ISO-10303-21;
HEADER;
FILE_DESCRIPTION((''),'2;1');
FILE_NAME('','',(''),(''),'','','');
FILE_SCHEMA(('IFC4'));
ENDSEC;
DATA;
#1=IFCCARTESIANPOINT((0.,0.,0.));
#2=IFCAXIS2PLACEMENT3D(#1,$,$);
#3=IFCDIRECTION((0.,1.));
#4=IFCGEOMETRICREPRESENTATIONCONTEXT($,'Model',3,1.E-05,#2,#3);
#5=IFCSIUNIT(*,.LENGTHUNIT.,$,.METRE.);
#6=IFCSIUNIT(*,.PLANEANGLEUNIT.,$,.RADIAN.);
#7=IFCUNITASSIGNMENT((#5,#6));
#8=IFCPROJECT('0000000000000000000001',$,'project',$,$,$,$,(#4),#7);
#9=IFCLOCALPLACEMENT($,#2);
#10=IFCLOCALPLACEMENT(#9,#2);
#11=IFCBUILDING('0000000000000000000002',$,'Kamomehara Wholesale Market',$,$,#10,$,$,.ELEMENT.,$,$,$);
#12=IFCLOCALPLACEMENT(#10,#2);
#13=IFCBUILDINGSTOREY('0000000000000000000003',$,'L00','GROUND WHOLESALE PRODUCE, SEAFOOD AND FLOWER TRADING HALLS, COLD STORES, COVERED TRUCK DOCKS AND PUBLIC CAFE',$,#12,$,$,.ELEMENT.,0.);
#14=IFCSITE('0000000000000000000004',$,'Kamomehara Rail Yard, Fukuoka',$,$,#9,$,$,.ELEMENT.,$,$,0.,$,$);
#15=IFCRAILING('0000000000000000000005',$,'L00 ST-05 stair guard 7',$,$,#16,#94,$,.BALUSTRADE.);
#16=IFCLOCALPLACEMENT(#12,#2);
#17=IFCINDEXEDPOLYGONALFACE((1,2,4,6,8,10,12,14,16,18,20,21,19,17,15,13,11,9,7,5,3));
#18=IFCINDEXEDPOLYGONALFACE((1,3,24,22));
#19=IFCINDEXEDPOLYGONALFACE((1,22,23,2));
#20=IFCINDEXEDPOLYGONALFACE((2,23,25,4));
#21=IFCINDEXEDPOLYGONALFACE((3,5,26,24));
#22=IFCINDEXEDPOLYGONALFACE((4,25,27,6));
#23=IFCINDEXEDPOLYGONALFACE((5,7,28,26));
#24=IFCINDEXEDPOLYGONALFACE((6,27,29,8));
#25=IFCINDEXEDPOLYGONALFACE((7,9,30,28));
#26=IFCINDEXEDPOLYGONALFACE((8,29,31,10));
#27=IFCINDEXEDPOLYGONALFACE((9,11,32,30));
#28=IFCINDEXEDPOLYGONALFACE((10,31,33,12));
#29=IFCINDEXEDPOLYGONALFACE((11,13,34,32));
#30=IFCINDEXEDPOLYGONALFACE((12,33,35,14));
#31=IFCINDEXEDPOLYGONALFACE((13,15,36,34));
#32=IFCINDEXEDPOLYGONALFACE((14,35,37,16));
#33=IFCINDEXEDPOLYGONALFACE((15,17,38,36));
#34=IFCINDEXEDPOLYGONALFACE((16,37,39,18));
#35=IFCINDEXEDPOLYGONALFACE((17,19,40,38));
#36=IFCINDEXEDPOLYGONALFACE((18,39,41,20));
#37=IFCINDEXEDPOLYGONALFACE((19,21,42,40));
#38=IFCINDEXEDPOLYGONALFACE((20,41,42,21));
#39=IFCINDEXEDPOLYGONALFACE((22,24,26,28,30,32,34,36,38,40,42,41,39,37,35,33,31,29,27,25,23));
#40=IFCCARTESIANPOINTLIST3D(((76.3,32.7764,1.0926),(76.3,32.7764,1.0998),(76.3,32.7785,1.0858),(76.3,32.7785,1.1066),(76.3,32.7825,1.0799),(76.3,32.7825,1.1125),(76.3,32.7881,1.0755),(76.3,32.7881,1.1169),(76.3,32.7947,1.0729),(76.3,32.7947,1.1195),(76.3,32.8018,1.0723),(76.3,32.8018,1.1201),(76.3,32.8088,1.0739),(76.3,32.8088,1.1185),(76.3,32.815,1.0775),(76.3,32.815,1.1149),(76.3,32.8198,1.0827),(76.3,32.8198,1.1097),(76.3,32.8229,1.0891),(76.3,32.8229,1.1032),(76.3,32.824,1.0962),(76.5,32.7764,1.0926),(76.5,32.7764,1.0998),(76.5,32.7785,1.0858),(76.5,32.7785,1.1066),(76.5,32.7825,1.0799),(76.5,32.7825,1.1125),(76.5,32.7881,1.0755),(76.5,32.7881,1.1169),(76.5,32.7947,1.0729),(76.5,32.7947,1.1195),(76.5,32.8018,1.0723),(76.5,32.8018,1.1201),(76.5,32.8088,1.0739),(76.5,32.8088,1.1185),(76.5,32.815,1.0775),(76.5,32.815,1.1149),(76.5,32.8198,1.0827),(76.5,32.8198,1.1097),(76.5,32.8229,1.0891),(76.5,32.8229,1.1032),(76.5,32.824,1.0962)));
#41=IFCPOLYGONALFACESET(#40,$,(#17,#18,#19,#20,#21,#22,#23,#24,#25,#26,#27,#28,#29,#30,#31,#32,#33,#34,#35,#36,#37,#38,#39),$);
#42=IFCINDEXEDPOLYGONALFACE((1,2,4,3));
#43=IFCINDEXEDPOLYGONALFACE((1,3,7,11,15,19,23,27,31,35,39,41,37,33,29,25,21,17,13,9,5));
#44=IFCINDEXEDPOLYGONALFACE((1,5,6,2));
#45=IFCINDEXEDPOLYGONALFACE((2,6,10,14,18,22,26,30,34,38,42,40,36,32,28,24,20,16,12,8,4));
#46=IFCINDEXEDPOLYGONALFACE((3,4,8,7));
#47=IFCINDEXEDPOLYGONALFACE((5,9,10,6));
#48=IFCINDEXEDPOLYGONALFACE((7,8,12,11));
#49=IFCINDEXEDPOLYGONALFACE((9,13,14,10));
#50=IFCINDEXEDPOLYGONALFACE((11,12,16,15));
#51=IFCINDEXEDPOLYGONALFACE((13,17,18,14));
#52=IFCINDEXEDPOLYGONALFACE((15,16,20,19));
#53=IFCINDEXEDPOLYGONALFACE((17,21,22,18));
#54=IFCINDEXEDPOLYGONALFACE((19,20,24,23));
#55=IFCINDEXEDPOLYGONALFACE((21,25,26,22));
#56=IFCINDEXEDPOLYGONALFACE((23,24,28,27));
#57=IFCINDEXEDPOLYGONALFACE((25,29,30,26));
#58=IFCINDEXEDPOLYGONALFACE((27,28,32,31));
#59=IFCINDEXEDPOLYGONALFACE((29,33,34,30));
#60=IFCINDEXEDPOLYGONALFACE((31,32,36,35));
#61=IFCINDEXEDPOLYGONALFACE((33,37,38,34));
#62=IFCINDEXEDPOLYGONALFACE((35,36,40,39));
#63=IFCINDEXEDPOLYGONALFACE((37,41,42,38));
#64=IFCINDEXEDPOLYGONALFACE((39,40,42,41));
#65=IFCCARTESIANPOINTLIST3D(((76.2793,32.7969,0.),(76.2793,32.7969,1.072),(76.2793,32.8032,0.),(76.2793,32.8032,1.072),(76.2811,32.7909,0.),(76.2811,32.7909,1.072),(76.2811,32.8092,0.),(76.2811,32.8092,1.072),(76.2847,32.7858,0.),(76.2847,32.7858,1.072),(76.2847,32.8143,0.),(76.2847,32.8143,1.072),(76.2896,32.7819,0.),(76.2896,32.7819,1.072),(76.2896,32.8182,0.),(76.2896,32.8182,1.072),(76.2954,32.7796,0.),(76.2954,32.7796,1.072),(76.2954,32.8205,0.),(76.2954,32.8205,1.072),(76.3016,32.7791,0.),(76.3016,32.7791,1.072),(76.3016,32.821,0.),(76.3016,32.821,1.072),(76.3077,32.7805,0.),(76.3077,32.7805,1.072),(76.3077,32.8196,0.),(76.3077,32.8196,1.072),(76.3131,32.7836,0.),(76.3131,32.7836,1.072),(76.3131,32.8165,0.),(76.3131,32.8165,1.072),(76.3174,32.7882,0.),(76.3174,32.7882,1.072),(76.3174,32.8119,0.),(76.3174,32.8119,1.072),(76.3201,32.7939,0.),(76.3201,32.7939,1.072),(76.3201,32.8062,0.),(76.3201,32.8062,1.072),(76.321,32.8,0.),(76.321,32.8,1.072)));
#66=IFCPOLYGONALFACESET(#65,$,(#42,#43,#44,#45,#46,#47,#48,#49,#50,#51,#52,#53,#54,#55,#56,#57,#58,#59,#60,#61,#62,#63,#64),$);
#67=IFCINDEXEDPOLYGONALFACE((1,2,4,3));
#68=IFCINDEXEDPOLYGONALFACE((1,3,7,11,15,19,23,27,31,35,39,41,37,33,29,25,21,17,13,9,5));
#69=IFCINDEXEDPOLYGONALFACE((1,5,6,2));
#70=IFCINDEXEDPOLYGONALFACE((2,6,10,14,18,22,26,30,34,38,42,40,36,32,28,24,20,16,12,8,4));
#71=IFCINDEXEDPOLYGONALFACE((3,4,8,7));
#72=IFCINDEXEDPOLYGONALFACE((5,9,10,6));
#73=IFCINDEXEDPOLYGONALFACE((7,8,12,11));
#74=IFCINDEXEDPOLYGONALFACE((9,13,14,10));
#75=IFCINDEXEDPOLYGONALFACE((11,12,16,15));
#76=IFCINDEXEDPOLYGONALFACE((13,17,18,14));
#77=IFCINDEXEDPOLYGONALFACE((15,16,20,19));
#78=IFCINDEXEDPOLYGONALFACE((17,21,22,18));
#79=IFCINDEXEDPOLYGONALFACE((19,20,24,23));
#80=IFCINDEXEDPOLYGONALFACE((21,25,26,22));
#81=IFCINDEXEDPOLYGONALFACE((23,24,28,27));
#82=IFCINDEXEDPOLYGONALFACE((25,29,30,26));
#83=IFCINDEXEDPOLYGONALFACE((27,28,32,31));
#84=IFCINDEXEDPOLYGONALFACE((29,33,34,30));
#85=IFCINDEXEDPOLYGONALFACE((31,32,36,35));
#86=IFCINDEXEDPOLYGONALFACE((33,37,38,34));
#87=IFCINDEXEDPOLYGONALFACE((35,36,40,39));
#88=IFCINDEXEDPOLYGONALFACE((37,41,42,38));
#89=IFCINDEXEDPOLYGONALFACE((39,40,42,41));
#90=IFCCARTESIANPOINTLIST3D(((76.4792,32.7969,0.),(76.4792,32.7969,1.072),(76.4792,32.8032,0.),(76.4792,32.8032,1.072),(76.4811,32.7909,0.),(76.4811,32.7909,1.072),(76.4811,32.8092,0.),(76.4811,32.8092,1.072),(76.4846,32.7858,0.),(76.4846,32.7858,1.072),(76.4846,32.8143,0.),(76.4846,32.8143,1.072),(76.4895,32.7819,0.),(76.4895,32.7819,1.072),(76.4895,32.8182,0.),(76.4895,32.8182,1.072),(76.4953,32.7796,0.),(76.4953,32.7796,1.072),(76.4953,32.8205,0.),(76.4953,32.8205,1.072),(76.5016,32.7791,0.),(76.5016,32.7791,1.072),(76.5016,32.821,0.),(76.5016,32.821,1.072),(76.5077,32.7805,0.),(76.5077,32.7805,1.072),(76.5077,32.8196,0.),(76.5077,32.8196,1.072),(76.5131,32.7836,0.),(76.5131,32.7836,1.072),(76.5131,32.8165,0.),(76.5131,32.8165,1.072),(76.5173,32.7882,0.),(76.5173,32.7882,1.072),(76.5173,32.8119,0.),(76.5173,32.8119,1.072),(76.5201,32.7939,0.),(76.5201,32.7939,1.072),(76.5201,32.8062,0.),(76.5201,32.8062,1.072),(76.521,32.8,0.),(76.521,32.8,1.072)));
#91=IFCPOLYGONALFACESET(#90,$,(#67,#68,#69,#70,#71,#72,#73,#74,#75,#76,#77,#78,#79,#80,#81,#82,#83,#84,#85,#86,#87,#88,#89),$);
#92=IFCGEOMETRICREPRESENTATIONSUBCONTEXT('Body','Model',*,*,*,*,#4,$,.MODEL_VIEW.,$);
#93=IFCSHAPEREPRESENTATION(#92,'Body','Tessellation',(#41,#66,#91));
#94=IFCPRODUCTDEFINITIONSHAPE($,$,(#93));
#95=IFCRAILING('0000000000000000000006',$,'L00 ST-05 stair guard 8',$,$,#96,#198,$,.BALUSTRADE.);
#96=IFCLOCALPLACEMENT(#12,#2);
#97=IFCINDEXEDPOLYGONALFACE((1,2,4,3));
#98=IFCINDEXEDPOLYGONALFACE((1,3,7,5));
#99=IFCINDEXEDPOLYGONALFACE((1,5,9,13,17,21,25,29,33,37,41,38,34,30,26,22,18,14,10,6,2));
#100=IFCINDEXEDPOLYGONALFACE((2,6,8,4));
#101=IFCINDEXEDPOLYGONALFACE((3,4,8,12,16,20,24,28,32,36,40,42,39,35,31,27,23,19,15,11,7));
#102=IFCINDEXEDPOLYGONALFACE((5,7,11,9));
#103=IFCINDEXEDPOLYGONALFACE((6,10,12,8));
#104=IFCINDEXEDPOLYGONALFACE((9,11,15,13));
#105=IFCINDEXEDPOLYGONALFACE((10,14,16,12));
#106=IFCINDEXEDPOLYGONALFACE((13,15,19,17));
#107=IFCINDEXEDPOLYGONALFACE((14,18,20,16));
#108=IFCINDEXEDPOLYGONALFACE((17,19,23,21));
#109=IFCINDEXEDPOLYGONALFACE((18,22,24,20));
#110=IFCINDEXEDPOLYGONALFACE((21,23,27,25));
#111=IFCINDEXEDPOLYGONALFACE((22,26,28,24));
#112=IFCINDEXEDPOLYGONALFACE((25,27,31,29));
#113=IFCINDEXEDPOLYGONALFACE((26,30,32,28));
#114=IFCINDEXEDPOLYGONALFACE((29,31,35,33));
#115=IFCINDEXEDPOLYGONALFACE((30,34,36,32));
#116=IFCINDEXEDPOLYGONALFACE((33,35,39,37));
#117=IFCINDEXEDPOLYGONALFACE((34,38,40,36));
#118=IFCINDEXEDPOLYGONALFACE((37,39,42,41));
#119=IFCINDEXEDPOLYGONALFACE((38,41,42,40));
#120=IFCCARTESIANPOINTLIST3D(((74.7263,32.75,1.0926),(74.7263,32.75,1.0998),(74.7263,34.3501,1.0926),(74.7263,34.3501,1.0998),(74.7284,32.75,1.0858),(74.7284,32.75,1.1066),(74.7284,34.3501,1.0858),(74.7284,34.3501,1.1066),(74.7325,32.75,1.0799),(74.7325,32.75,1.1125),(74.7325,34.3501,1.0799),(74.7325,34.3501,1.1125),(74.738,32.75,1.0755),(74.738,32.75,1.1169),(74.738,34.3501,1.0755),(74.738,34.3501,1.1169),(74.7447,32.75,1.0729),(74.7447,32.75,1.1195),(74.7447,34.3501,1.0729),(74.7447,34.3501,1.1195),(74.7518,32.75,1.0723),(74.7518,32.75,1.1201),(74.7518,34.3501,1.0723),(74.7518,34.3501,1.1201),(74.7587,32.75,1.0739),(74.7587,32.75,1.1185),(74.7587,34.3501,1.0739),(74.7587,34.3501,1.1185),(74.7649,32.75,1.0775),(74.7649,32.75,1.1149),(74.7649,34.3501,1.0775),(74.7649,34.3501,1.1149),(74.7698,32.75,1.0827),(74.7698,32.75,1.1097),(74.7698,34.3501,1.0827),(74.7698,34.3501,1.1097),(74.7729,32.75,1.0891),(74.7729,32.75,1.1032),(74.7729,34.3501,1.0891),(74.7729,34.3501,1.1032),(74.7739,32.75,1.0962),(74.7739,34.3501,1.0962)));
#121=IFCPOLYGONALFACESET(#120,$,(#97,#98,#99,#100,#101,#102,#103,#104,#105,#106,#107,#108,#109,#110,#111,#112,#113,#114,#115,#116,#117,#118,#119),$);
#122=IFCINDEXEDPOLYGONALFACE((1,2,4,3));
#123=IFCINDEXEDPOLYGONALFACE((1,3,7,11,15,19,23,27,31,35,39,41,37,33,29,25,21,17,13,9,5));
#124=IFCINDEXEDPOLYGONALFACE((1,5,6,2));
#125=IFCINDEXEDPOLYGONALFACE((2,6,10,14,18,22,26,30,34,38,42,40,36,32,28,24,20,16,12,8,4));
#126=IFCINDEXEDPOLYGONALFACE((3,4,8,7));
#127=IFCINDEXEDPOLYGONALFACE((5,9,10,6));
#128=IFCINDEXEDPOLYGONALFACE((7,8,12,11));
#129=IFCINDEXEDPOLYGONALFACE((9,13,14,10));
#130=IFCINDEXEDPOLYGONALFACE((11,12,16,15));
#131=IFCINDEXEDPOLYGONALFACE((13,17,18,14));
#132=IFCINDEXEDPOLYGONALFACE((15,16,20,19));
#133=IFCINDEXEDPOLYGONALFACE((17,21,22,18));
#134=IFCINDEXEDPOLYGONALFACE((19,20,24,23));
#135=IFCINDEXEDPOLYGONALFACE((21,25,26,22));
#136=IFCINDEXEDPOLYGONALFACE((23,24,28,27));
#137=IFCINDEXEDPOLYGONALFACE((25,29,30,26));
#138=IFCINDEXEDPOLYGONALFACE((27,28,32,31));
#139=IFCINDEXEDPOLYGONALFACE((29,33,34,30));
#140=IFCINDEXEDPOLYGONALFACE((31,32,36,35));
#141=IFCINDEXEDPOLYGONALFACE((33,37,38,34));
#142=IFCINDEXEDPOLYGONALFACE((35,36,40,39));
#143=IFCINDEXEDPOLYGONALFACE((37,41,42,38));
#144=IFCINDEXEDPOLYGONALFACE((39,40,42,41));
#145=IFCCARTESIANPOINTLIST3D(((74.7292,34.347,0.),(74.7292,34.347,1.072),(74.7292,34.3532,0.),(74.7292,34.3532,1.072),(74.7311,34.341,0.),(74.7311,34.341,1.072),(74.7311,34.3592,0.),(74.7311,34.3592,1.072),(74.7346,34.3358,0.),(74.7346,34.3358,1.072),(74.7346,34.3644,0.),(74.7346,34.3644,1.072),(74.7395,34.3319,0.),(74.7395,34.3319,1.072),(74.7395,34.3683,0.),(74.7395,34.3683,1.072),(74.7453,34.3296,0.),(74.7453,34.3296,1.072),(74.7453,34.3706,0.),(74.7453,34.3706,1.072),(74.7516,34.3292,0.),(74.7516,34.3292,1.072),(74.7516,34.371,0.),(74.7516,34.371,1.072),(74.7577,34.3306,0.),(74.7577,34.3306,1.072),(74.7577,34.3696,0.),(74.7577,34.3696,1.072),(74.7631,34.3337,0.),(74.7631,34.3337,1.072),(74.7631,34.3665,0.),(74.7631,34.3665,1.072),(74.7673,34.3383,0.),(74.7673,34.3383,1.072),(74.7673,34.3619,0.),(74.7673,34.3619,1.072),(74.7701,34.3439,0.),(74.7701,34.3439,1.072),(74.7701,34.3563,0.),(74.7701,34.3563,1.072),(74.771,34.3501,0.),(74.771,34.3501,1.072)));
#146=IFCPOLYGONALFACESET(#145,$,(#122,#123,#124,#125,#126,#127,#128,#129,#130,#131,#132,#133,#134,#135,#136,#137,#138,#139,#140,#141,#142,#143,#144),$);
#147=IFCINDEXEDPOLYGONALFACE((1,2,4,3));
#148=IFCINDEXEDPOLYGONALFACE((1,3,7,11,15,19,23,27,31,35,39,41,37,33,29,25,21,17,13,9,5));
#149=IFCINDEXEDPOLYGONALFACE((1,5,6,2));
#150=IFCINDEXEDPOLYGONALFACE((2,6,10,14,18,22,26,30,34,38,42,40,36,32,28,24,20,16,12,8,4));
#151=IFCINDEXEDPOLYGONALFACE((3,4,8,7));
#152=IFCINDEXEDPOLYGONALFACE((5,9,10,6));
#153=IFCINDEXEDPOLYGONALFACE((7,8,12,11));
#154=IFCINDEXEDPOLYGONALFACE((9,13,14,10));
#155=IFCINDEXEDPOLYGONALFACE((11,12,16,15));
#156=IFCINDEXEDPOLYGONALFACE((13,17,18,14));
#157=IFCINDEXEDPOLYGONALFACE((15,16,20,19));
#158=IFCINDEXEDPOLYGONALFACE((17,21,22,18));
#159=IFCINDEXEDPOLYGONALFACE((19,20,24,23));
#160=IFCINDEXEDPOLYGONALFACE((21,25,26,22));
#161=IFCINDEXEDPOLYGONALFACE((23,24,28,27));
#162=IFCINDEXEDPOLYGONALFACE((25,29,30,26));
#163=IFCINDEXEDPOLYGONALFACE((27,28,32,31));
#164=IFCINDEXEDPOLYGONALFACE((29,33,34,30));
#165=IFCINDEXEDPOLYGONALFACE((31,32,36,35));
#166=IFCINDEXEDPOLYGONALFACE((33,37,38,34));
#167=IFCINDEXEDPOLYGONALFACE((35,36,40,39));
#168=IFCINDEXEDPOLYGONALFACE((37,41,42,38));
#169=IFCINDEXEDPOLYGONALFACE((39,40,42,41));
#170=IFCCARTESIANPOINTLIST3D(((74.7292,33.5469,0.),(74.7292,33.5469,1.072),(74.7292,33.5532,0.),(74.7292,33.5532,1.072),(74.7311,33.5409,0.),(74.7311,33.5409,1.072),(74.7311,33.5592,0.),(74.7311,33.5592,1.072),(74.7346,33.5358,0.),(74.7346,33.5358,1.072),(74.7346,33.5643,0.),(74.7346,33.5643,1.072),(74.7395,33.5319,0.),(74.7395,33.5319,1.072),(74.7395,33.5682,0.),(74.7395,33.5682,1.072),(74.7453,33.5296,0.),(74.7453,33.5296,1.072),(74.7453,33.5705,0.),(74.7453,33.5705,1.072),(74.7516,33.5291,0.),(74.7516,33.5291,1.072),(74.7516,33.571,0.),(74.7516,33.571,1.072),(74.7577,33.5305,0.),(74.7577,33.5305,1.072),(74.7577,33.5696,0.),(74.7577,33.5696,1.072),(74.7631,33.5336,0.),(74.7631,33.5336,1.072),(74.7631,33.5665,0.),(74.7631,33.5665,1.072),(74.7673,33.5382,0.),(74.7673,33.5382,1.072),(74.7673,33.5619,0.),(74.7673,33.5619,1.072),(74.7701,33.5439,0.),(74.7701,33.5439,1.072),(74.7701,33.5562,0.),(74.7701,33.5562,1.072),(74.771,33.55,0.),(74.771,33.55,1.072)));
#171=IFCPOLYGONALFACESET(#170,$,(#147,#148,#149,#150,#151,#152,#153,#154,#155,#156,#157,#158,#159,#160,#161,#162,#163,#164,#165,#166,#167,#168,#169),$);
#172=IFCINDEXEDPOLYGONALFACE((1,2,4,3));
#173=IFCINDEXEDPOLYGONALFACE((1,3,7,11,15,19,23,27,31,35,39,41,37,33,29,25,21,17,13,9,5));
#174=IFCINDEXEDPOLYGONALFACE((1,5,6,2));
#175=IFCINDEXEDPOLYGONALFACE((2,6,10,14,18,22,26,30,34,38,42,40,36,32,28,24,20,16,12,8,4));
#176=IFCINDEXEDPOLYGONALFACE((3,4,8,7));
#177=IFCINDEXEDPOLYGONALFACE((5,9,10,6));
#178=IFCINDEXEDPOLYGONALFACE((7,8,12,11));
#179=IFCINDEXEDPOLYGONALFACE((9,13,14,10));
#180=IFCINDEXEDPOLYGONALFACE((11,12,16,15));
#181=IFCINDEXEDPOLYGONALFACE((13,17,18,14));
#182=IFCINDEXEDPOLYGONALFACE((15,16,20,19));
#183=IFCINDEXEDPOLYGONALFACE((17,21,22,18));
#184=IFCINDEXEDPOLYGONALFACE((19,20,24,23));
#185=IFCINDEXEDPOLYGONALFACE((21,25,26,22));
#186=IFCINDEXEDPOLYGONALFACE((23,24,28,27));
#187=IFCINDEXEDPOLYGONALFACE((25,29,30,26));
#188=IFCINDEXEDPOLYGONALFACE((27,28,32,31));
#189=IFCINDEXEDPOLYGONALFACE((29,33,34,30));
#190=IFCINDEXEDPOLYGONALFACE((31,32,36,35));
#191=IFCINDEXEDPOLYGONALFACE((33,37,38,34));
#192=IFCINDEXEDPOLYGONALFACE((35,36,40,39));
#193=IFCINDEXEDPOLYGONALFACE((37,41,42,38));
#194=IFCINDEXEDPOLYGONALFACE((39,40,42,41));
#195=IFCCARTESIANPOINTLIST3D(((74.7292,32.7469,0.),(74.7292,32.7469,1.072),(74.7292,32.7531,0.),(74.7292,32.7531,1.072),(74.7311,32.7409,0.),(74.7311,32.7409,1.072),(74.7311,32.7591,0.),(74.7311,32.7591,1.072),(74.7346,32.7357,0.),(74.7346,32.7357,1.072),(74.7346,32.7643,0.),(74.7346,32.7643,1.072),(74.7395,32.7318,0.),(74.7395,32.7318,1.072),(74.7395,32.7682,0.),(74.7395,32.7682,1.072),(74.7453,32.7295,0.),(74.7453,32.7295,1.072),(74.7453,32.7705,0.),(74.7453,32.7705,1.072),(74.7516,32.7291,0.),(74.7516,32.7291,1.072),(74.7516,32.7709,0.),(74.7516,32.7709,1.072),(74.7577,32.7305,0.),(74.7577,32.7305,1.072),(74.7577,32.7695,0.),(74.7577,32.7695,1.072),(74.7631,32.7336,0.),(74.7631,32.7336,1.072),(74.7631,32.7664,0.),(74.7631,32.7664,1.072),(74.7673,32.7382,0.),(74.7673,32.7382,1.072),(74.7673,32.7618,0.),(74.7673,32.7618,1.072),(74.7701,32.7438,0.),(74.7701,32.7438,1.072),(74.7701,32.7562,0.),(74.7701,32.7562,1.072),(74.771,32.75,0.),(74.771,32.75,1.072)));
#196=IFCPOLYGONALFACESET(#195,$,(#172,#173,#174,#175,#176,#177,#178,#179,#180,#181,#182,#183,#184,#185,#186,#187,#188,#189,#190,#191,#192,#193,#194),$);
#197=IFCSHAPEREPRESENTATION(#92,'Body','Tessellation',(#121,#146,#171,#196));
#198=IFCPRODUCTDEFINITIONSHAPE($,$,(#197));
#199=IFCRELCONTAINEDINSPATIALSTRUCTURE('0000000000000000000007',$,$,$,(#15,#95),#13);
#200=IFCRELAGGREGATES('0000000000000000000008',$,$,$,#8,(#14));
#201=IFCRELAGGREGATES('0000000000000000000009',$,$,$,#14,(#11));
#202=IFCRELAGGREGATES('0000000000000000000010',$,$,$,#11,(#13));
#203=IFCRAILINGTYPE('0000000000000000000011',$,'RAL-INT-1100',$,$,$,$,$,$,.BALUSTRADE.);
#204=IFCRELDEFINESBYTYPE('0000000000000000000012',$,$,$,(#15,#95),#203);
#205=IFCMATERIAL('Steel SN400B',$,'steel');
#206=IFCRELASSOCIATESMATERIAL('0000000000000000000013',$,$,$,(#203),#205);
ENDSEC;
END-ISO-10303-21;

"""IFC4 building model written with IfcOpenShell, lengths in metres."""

from ifc_helpers import new_model, si_unit, direction, frame, origin, origin_2d, place, context, subcontext, project, spatial, circle, extrude, material, type_object, element, save


model = new_model("IFC4")

# Units and contexts
model_context = context("Model", 3, precision=1e-05, world=origin(), true_north=direction((0.0, 1.0)))
body_context = subcontext(model_context, "Body", "Model", "MODEL_VIEW")
ifc_project = project(units=[si_unit("LENGTHUNIT", "METRE"), si_unit("PLANEANGLEUNIT", "RADIAN")], contexts=[model_context])

# Site, building, storey
site_placement = place(None, origin())
site = spatial("IfcSite", under=ifc_project, at=site_placement, Name="Kamomehara Rail Yard, Fukuoka", CompositionType="ELEMENT", RefElevation=0.0)
building_placement = place(site_placement, origin())
building = spatial("IfcBuilding", under=site, at=building_placement, Name="Kamomehara Wholesale Market", CompositionType="ELEMENT")
storey_placement = place(building_placement, origin())
storey = spatial("IfcBuildingStorey", under=building, at=storey_placement, Name="L00", Description="GROUND WHOLESALE PRODUCE, SEAFOOD AND FLOWER TRADING HALLS, COLD STORES, COVERED TRUCK DOCKS AND PUBLIC CAFE", CompositionType="ELEMENT", Elevation=0.0)

# Railings
ifc_material_1 = material(Name="Steel SN400B", Category="steel")
railing_type_1 = type_object("IfcRailingType", Name="RAL-INT-1100", PredefinedType="BALUSTRADE", material=ifc_material_1)
railing_1_placement = place(storey_placement, frame((76.3, 32.8, 0.0)))
element("IfcRailing", 1, at=railing_1_placement, inside=storey, type_object=railing_type_1, Name="L00 ST-05 stair guard 7", PredefinedType="BALUSTRADE", context=body_context, shape_type="SweptSolid", body=[
    extrude(circle(Radius=0.0239, at=origin_2d()), frame((0.0, 0.0, 1.0962), z_axis=(1.0, 0.0, 0.0), x_axis=(0.0, 1.0, 0.0)), (0.0, 0.0, 1.0), 0.2),
    extrude(circle(Radius=0.021, at=origin_2d()), origin(), (0.0, 0.0, 1.0), 1.072),
    extrude(circle(Radius=0.021, at=origin_2d()), frame((0.2, 0.0, 0.0)), (0.0, 0.0, 1.0), 1.072),
])
for number, where, name in (
    (2, (74.75, 34.3501, 0.0), "L00 ST-05 stair guard 8"),
):
    element("IfcRailing", number, at=place(storey_placement, frame(where)), inside=storey, type_object=railing_type_1, Name=name, PredefinedType="BALUSTRADE", context=body_context, shape_type="SweptSolid", body=[
        extrude(circle(Radius=0.0239, at=origin_2d()), frame((0.0, 0.0, 1.0962), z_axis=(0.0, -1.0, 0.0), x_axis=(1.0, 0.0, 0.0)), (0.0, 0.0, 1.0), 1.6001),
        extrude(circle(Radius=0.021, at=origin_2d()), origin(), (0.0, 0.0, 1.0), 1.072),
        extrude(circle(Radius=0.021, at=origin_2d()), frame((0.0, -0.8, 0.0)), (0.0, 0.0, 1.0), 1.072),
        extrude(circle(Radius=0.021, at=origin_2d()), frame((0.0, -1.6001, 0.0)), (0.0, 0.0, 1.0), 1.072),
    ])

save(model, "model.ifc")
